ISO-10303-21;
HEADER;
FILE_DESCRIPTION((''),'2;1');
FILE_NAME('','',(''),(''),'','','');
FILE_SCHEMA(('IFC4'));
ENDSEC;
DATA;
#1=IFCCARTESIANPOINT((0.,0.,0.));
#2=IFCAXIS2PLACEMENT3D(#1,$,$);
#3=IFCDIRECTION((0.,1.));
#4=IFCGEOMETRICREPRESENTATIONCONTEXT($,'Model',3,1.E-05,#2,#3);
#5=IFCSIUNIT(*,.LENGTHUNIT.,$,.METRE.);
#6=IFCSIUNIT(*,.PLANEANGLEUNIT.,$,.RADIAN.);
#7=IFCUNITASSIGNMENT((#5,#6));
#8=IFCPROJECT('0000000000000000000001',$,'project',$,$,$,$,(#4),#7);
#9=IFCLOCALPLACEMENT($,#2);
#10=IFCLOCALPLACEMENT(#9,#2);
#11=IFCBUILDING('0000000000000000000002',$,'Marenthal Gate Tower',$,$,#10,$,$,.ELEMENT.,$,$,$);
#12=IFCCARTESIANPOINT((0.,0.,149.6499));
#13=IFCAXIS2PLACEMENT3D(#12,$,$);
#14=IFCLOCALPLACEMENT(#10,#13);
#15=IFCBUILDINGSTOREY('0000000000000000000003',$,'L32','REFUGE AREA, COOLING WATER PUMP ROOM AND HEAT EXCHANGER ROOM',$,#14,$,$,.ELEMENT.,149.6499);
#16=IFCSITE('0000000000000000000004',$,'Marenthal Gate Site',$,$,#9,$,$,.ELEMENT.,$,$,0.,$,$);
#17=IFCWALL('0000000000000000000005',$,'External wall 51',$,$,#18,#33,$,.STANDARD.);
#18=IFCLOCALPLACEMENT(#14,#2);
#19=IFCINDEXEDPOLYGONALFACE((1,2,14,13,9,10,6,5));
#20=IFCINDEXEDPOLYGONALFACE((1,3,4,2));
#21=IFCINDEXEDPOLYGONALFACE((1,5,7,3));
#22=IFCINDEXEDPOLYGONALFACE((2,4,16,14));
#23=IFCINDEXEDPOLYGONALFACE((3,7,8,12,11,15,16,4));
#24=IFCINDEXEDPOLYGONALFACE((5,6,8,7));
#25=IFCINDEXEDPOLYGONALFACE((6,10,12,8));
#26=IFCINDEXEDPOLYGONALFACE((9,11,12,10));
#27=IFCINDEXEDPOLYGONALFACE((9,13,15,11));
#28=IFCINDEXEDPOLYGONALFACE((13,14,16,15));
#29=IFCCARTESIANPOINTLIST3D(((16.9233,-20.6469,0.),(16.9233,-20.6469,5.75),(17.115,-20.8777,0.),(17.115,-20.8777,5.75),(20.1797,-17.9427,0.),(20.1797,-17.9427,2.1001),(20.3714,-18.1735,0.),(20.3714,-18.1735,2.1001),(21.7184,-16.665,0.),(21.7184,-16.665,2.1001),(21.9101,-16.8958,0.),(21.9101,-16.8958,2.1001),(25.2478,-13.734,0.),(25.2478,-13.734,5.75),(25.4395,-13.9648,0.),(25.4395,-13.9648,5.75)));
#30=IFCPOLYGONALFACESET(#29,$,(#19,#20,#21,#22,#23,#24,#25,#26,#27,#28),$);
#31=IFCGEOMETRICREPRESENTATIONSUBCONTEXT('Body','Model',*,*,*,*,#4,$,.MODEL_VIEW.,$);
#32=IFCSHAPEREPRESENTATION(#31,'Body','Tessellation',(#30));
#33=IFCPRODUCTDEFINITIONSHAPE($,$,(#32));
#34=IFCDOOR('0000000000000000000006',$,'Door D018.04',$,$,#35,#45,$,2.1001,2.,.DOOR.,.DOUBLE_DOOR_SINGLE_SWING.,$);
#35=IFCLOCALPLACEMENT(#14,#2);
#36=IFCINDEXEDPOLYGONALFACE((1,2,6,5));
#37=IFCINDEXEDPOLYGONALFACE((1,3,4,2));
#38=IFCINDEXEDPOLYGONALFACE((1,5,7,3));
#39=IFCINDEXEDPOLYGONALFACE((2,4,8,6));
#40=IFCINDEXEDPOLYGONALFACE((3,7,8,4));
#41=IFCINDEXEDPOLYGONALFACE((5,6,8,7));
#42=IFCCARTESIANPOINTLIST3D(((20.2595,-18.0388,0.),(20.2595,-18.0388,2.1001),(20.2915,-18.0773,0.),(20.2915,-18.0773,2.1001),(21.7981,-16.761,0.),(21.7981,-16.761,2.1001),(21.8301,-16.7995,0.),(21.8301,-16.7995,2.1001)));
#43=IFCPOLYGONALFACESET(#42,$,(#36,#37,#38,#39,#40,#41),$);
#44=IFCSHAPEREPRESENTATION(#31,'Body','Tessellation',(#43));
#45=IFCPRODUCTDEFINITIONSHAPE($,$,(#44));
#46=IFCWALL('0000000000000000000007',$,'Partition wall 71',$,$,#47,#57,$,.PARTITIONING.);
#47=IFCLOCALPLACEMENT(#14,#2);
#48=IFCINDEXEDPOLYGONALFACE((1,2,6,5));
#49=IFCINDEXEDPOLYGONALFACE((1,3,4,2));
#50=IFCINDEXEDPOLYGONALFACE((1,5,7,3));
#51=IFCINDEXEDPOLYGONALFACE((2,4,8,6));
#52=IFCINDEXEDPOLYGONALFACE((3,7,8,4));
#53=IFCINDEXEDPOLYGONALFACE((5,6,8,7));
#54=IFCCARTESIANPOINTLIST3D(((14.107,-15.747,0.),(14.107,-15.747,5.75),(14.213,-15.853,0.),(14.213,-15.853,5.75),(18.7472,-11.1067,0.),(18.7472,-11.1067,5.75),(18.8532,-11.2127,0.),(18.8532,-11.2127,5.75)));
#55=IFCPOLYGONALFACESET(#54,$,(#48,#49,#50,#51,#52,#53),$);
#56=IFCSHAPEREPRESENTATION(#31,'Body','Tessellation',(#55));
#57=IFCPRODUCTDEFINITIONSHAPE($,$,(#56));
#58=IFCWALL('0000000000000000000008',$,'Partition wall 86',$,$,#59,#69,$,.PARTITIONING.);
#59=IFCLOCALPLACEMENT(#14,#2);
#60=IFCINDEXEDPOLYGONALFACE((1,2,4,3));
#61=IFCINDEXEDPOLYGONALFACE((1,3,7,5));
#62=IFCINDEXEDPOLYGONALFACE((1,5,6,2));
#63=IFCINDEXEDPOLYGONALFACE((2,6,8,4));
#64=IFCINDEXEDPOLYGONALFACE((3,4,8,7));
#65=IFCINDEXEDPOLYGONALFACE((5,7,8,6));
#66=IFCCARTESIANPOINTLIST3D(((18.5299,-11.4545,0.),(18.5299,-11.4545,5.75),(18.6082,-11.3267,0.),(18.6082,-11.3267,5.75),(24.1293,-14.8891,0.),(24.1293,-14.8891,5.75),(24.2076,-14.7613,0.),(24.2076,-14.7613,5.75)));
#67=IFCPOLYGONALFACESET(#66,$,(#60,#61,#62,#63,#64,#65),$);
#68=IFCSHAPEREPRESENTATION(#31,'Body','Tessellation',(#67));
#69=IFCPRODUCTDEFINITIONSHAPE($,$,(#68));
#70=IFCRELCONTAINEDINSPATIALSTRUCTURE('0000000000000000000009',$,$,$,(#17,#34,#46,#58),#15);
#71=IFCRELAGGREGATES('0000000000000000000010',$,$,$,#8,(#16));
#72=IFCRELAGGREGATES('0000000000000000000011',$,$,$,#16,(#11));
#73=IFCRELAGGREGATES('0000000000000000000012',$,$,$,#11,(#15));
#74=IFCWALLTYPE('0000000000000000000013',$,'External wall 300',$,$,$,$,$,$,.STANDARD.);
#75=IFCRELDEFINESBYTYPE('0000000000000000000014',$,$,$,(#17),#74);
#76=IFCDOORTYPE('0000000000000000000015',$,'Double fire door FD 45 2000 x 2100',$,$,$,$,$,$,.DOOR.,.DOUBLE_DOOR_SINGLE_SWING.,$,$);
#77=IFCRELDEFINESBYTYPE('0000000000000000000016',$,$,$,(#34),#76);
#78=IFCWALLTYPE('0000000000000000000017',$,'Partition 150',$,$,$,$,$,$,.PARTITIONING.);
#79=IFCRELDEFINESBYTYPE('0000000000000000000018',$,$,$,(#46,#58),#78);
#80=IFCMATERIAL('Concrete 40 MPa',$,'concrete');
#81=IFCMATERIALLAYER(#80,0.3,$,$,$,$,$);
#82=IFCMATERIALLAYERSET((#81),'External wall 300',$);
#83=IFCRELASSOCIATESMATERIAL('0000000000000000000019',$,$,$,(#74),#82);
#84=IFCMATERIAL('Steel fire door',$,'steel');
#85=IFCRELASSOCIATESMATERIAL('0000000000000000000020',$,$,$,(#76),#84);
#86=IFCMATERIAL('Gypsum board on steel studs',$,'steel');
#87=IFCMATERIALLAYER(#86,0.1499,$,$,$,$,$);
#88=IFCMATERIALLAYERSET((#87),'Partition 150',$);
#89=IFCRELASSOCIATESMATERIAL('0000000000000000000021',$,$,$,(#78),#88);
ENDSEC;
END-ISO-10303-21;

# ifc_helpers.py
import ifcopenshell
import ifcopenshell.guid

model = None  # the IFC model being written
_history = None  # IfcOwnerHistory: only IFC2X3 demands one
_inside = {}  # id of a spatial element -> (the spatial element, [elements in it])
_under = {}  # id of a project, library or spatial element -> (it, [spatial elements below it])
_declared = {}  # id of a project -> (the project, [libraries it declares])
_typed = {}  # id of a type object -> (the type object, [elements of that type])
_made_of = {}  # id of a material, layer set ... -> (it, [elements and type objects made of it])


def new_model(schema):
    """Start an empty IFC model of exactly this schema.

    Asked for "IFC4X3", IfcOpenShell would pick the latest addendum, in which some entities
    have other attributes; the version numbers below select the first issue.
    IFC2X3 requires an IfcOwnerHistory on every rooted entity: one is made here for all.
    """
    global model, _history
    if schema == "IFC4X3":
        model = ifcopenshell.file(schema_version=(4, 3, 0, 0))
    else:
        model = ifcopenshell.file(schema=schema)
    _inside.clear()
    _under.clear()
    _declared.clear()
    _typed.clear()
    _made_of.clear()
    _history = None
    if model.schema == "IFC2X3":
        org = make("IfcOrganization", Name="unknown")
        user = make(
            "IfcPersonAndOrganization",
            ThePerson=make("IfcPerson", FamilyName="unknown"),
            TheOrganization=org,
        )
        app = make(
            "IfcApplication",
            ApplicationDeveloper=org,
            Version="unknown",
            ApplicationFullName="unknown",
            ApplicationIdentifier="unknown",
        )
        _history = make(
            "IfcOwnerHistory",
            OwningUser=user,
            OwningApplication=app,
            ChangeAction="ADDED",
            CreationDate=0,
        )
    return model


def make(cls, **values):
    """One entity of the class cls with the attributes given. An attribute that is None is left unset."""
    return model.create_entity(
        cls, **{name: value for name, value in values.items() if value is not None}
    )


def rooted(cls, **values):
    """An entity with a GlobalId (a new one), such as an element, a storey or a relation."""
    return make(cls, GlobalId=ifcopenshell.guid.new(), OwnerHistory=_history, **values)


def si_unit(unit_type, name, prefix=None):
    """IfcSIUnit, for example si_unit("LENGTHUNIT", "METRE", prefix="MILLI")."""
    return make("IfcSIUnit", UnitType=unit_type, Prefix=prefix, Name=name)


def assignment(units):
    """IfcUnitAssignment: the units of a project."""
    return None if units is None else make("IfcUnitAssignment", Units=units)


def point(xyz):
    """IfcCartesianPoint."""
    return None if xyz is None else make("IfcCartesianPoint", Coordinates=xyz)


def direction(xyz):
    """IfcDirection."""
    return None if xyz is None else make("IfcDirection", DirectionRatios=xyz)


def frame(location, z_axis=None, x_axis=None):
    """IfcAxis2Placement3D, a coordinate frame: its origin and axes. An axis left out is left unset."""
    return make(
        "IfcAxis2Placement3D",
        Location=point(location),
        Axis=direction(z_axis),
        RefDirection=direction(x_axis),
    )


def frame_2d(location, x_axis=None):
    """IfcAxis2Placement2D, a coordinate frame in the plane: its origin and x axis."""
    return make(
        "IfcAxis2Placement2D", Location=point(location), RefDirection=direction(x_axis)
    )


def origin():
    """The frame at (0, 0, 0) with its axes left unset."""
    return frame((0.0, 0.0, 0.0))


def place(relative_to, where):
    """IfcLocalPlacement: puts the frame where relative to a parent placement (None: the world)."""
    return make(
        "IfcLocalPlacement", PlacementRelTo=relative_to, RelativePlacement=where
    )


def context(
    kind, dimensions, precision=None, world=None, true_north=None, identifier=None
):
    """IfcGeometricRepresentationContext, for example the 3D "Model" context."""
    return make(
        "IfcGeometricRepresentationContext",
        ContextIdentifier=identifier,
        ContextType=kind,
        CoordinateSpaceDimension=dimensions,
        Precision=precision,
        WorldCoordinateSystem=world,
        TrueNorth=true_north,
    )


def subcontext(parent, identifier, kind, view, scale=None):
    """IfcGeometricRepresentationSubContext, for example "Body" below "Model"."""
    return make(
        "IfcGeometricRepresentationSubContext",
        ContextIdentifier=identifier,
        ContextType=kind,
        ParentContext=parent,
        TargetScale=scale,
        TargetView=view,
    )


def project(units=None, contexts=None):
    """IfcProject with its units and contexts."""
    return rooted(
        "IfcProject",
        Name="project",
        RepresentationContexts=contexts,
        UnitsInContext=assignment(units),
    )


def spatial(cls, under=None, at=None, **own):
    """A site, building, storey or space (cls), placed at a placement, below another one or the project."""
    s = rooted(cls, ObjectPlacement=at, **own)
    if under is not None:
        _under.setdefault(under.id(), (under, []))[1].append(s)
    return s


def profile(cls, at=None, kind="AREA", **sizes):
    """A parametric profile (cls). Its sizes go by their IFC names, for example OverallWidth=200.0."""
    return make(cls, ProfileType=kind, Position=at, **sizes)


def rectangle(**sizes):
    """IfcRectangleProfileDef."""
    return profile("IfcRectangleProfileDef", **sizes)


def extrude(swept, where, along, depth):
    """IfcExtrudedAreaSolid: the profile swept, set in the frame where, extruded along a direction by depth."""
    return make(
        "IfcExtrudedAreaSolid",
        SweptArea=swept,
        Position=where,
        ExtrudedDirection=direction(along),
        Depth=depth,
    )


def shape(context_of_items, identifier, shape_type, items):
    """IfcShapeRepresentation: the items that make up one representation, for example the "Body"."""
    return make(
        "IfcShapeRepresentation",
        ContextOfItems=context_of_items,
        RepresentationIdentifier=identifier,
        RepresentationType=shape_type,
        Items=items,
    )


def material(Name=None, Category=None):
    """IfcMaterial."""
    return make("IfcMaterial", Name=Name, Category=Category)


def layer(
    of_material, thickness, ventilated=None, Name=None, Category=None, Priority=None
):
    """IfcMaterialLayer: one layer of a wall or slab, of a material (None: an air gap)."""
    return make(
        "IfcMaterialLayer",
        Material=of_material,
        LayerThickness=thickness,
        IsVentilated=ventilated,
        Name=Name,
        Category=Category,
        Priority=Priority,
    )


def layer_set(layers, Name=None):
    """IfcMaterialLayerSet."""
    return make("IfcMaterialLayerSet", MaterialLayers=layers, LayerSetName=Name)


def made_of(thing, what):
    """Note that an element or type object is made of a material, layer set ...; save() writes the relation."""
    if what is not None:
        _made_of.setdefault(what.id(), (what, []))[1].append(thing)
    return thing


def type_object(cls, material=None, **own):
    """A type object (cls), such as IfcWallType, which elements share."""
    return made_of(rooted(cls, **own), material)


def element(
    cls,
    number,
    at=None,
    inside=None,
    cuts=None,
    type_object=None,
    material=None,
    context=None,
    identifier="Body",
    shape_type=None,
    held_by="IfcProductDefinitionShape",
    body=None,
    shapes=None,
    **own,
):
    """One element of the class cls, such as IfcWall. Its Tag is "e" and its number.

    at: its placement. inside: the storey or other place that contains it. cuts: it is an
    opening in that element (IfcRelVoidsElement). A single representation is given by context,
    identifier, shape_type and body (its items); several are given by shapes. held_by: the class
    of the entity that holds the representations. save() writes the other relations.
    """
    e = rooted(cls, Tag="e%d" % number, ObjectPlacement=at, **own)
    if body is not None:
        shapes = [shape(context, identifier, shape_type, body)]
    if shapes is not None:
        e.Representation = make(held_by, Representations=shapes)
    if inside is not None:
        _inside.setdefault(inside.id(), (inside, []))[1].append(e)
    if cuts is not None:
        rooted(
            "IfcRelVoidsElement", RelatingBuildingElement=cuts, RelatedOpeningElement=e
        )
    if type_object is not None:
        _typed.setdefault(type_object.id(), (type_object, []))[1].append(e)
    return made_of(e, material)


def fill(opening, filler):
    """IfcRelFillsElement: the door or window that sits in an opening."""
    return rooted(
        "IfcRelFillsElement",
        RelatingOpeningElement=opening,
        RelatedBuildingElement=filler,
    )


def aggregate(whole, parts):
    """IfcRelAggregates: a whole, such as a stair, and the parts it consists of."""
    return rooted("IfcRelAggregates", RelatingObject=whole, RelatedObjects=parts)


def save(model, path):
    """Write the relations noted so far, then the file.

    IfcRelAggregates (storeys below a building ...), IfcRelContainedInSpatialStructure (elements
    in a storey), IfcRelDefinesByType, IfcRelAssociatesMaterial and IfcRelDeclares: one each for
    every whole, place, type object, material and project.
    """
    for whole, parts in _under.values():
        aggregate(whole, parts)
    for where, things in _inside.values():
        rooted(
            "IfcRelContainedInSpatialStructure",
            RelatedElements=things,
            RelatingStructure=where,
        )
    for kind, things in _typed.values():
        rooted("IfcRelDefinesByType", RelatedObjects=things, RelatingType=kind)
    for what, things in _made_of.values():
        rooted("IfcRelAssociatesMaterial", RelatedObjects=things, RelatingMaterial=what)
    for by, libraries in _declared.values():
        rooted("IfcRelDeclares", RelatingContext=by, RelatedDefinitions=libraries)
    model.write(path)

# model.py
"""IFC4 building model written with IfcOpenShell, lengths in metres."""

from ifc_helpers import new_model, si_unit, direction, frame, frame_2d, origin, place, context, subcontext, project, spatial, rectangle, extrude, material, layer, layer_set, type_object, element, fill, save


model = new_model("IFC4")

# Units and contexts
model_context = context("Model", 3, precision=1e-05, world=origin(), true_north=direction((0.0, 1.0)))
body_context = subcontext(model_context, "Body", "Model", "MODEL_VIEW")
ifc_project = project(units=[si_unit("LENGTHUNIT", "METRE"), si_unit("PLANEANGLEUNIT", "RADIAN")], contexts=[model_context])

# Site, building, storey
site_placement = place(None, origin())
site = spatial("IfcSite", under=ifc_project, at=site_placement, Name="Marenthal Gate Site", CompositionType="ELEMENT", RefElevation=0.0)
building_placement = place(site_placement, origin())
building = spatial("IfcBuilding", under=site, at=building_placement, Name="Marenthal Gate Tower", CompositionType="ELEMENT")
storey_placement = place(building_placement, frame((0.0, 0.0, 149.6499)))
storey = spatial("IfcBuildingStorey", under=building, at=storey_placement, Name="L32", Description="REFUGE AREA, COOLING WATER PUMP ROOM AND HEAT EXCHANGER ROOM", CompositionType="ELEMENT", Elevation=149.6499)

# Wall, opening, door
ifc_material_1 = material(Name="Concrete 40 MPa", Category="concrete")
ifc_layer_1 = layer(ifc_material_1, 0.3)
ifc_layer_set_1 = layer_set([ifc_layer_1], Name="External wall 300")
wall_type_1 = type_object("IfcWallType", Name="External wall 300", PredefinedType="STANDARD", material=ifc_layer_set_1)
wall_1_placement = place(storey_placement, frame((17.0193, -20.7622, 0.0), z_axis=(0.0, 0.0, 1.0), x_axis=(0.769321, 0.638863, 0.0)))
wall_1 = element("IfcWall", 1, at=wall_1_placement, inside=storey, type_object=wall_type_1, Name="External wall 51", PredefinedType="STANDARD", context=body_context, shape_type="SweptSolid", body=[
    extrude(rectangle(XDim=10.8206, YDim=0.3, at=frame_2d((5.4102, 0.0))), origin(), (0.0, 0.0, 1.0), 5.75),
])
opening_placement = place(wall_1_placement, frame((4.2327, 0.0, 0.0)))
opening = element("IfcOpeningElement", 2, at=opening_placement, cuts=wall_1, PredefinedType="OPENING", context=body_context, shape_type="SweptSolid", body=[
    extrude(rectangle(XDim=2.0, YDim=2.1001, at=frame_2d((1.0, 1.05))), frame((0.0, 0.1602, 0.0), z_axis=(0.0, -1.0, 0.0), x_axis=(1.0, 0.0, 0.0)), (0.0, 0.0, 1.0), 0.3201),
])
ifc_material_2 = material(Name="Steel fire door", Category="steel")
door_type = type_object("IfcDoorType", Name="Double fire door FD 45 2000 x 2100", OperationType="DOUBLE_DOOR_SINGLE_SWING", PredefinedType="DOOR", material=ifc_material_2)
door_placement = place(opening_placement, frame((2.0, 0.0, 0.0), z_axis=(0.0, 0.0, 1.0), x_axis=(-1.0, 0.0, 0.0)))
door = element("IfcDoor", 3, at=door_placement, inside=storey, type_object=door_type, Name="Door D018.04", OperationType="DOUBLE_DOOR_SINGLE_SWING", OverallHeight=2.1001, OverallWidth=2.0, PredefinedType="DOOR", context=body_context, shape_type="SweptSolid", body=[
    extrude(rectangle(XDim=2.0, YDim=2.1001, at=frame_2d((1.0, 1.05))), frame((0.0, 0.0249, 0.0), z_axis=(0.0, -1.0, 0.0), x_axis=(1.0, 0.0, 0.0)), (0.0, 0.0, 1.0), 0.05),
])
fill(opening, door)

# Walls
ifc_material_3 = material(Name="Gypsum board on steel studs", Category="steel")
ifc_layer_2 = layer(ifc_material_3, 0.1499)
ifc_layer_set_2 = layer_set([ifc_layer_2], Name="Partition 150")
wall_type_2 = type_object("IfcWallType", Name="Partition 150", PredefinedType="PARTITIONING", material=ifc_layer_set_2)
wall_2_placement = place(storey_placement, frame((14.1599, -15.8, 0.0), z_axis=(0.0, 0.0, 1.0), x_axis=(0.707107, 0.707107, 0.0)))
element("IfcWall", 4, at=wall_2_placement, inside=storey, type_object=wall_type_2, Name="Partition wall 71", PredefinedType="PARTITIONING", context=body_context, shape_type="SweptSolid", body=[
    extrude(rectangle(XDim=6.5623, YDim=0.1499, at=frame_2d((3.2812, 0.0))), origin(), (0.0, 0.0, 1.0), 5.75),
])
wall_3_placement = place(storey_placement, frame((24.1685, -14.8252, 0.0), z_axis=(0.0, 0.0, 1.0), x_axis=(-0.852418, 0.522861, 0.0)))
element("IfcWall", 5, at=wall_3_placement, inside=storey, type_object=wall_type_2, Name="Partition wall 86", PredefinedType="PARTITIONING", context=body_context, shape_type="SweptSolid", body=[
    extrude(rectangle(XDim=6.5688, YDim=0.1499, at=frame_2d((3.2844, 0.0))), origin(), (0.0, 0.0, 1.0), 5.75),
])

save(model, "model.ifc")
